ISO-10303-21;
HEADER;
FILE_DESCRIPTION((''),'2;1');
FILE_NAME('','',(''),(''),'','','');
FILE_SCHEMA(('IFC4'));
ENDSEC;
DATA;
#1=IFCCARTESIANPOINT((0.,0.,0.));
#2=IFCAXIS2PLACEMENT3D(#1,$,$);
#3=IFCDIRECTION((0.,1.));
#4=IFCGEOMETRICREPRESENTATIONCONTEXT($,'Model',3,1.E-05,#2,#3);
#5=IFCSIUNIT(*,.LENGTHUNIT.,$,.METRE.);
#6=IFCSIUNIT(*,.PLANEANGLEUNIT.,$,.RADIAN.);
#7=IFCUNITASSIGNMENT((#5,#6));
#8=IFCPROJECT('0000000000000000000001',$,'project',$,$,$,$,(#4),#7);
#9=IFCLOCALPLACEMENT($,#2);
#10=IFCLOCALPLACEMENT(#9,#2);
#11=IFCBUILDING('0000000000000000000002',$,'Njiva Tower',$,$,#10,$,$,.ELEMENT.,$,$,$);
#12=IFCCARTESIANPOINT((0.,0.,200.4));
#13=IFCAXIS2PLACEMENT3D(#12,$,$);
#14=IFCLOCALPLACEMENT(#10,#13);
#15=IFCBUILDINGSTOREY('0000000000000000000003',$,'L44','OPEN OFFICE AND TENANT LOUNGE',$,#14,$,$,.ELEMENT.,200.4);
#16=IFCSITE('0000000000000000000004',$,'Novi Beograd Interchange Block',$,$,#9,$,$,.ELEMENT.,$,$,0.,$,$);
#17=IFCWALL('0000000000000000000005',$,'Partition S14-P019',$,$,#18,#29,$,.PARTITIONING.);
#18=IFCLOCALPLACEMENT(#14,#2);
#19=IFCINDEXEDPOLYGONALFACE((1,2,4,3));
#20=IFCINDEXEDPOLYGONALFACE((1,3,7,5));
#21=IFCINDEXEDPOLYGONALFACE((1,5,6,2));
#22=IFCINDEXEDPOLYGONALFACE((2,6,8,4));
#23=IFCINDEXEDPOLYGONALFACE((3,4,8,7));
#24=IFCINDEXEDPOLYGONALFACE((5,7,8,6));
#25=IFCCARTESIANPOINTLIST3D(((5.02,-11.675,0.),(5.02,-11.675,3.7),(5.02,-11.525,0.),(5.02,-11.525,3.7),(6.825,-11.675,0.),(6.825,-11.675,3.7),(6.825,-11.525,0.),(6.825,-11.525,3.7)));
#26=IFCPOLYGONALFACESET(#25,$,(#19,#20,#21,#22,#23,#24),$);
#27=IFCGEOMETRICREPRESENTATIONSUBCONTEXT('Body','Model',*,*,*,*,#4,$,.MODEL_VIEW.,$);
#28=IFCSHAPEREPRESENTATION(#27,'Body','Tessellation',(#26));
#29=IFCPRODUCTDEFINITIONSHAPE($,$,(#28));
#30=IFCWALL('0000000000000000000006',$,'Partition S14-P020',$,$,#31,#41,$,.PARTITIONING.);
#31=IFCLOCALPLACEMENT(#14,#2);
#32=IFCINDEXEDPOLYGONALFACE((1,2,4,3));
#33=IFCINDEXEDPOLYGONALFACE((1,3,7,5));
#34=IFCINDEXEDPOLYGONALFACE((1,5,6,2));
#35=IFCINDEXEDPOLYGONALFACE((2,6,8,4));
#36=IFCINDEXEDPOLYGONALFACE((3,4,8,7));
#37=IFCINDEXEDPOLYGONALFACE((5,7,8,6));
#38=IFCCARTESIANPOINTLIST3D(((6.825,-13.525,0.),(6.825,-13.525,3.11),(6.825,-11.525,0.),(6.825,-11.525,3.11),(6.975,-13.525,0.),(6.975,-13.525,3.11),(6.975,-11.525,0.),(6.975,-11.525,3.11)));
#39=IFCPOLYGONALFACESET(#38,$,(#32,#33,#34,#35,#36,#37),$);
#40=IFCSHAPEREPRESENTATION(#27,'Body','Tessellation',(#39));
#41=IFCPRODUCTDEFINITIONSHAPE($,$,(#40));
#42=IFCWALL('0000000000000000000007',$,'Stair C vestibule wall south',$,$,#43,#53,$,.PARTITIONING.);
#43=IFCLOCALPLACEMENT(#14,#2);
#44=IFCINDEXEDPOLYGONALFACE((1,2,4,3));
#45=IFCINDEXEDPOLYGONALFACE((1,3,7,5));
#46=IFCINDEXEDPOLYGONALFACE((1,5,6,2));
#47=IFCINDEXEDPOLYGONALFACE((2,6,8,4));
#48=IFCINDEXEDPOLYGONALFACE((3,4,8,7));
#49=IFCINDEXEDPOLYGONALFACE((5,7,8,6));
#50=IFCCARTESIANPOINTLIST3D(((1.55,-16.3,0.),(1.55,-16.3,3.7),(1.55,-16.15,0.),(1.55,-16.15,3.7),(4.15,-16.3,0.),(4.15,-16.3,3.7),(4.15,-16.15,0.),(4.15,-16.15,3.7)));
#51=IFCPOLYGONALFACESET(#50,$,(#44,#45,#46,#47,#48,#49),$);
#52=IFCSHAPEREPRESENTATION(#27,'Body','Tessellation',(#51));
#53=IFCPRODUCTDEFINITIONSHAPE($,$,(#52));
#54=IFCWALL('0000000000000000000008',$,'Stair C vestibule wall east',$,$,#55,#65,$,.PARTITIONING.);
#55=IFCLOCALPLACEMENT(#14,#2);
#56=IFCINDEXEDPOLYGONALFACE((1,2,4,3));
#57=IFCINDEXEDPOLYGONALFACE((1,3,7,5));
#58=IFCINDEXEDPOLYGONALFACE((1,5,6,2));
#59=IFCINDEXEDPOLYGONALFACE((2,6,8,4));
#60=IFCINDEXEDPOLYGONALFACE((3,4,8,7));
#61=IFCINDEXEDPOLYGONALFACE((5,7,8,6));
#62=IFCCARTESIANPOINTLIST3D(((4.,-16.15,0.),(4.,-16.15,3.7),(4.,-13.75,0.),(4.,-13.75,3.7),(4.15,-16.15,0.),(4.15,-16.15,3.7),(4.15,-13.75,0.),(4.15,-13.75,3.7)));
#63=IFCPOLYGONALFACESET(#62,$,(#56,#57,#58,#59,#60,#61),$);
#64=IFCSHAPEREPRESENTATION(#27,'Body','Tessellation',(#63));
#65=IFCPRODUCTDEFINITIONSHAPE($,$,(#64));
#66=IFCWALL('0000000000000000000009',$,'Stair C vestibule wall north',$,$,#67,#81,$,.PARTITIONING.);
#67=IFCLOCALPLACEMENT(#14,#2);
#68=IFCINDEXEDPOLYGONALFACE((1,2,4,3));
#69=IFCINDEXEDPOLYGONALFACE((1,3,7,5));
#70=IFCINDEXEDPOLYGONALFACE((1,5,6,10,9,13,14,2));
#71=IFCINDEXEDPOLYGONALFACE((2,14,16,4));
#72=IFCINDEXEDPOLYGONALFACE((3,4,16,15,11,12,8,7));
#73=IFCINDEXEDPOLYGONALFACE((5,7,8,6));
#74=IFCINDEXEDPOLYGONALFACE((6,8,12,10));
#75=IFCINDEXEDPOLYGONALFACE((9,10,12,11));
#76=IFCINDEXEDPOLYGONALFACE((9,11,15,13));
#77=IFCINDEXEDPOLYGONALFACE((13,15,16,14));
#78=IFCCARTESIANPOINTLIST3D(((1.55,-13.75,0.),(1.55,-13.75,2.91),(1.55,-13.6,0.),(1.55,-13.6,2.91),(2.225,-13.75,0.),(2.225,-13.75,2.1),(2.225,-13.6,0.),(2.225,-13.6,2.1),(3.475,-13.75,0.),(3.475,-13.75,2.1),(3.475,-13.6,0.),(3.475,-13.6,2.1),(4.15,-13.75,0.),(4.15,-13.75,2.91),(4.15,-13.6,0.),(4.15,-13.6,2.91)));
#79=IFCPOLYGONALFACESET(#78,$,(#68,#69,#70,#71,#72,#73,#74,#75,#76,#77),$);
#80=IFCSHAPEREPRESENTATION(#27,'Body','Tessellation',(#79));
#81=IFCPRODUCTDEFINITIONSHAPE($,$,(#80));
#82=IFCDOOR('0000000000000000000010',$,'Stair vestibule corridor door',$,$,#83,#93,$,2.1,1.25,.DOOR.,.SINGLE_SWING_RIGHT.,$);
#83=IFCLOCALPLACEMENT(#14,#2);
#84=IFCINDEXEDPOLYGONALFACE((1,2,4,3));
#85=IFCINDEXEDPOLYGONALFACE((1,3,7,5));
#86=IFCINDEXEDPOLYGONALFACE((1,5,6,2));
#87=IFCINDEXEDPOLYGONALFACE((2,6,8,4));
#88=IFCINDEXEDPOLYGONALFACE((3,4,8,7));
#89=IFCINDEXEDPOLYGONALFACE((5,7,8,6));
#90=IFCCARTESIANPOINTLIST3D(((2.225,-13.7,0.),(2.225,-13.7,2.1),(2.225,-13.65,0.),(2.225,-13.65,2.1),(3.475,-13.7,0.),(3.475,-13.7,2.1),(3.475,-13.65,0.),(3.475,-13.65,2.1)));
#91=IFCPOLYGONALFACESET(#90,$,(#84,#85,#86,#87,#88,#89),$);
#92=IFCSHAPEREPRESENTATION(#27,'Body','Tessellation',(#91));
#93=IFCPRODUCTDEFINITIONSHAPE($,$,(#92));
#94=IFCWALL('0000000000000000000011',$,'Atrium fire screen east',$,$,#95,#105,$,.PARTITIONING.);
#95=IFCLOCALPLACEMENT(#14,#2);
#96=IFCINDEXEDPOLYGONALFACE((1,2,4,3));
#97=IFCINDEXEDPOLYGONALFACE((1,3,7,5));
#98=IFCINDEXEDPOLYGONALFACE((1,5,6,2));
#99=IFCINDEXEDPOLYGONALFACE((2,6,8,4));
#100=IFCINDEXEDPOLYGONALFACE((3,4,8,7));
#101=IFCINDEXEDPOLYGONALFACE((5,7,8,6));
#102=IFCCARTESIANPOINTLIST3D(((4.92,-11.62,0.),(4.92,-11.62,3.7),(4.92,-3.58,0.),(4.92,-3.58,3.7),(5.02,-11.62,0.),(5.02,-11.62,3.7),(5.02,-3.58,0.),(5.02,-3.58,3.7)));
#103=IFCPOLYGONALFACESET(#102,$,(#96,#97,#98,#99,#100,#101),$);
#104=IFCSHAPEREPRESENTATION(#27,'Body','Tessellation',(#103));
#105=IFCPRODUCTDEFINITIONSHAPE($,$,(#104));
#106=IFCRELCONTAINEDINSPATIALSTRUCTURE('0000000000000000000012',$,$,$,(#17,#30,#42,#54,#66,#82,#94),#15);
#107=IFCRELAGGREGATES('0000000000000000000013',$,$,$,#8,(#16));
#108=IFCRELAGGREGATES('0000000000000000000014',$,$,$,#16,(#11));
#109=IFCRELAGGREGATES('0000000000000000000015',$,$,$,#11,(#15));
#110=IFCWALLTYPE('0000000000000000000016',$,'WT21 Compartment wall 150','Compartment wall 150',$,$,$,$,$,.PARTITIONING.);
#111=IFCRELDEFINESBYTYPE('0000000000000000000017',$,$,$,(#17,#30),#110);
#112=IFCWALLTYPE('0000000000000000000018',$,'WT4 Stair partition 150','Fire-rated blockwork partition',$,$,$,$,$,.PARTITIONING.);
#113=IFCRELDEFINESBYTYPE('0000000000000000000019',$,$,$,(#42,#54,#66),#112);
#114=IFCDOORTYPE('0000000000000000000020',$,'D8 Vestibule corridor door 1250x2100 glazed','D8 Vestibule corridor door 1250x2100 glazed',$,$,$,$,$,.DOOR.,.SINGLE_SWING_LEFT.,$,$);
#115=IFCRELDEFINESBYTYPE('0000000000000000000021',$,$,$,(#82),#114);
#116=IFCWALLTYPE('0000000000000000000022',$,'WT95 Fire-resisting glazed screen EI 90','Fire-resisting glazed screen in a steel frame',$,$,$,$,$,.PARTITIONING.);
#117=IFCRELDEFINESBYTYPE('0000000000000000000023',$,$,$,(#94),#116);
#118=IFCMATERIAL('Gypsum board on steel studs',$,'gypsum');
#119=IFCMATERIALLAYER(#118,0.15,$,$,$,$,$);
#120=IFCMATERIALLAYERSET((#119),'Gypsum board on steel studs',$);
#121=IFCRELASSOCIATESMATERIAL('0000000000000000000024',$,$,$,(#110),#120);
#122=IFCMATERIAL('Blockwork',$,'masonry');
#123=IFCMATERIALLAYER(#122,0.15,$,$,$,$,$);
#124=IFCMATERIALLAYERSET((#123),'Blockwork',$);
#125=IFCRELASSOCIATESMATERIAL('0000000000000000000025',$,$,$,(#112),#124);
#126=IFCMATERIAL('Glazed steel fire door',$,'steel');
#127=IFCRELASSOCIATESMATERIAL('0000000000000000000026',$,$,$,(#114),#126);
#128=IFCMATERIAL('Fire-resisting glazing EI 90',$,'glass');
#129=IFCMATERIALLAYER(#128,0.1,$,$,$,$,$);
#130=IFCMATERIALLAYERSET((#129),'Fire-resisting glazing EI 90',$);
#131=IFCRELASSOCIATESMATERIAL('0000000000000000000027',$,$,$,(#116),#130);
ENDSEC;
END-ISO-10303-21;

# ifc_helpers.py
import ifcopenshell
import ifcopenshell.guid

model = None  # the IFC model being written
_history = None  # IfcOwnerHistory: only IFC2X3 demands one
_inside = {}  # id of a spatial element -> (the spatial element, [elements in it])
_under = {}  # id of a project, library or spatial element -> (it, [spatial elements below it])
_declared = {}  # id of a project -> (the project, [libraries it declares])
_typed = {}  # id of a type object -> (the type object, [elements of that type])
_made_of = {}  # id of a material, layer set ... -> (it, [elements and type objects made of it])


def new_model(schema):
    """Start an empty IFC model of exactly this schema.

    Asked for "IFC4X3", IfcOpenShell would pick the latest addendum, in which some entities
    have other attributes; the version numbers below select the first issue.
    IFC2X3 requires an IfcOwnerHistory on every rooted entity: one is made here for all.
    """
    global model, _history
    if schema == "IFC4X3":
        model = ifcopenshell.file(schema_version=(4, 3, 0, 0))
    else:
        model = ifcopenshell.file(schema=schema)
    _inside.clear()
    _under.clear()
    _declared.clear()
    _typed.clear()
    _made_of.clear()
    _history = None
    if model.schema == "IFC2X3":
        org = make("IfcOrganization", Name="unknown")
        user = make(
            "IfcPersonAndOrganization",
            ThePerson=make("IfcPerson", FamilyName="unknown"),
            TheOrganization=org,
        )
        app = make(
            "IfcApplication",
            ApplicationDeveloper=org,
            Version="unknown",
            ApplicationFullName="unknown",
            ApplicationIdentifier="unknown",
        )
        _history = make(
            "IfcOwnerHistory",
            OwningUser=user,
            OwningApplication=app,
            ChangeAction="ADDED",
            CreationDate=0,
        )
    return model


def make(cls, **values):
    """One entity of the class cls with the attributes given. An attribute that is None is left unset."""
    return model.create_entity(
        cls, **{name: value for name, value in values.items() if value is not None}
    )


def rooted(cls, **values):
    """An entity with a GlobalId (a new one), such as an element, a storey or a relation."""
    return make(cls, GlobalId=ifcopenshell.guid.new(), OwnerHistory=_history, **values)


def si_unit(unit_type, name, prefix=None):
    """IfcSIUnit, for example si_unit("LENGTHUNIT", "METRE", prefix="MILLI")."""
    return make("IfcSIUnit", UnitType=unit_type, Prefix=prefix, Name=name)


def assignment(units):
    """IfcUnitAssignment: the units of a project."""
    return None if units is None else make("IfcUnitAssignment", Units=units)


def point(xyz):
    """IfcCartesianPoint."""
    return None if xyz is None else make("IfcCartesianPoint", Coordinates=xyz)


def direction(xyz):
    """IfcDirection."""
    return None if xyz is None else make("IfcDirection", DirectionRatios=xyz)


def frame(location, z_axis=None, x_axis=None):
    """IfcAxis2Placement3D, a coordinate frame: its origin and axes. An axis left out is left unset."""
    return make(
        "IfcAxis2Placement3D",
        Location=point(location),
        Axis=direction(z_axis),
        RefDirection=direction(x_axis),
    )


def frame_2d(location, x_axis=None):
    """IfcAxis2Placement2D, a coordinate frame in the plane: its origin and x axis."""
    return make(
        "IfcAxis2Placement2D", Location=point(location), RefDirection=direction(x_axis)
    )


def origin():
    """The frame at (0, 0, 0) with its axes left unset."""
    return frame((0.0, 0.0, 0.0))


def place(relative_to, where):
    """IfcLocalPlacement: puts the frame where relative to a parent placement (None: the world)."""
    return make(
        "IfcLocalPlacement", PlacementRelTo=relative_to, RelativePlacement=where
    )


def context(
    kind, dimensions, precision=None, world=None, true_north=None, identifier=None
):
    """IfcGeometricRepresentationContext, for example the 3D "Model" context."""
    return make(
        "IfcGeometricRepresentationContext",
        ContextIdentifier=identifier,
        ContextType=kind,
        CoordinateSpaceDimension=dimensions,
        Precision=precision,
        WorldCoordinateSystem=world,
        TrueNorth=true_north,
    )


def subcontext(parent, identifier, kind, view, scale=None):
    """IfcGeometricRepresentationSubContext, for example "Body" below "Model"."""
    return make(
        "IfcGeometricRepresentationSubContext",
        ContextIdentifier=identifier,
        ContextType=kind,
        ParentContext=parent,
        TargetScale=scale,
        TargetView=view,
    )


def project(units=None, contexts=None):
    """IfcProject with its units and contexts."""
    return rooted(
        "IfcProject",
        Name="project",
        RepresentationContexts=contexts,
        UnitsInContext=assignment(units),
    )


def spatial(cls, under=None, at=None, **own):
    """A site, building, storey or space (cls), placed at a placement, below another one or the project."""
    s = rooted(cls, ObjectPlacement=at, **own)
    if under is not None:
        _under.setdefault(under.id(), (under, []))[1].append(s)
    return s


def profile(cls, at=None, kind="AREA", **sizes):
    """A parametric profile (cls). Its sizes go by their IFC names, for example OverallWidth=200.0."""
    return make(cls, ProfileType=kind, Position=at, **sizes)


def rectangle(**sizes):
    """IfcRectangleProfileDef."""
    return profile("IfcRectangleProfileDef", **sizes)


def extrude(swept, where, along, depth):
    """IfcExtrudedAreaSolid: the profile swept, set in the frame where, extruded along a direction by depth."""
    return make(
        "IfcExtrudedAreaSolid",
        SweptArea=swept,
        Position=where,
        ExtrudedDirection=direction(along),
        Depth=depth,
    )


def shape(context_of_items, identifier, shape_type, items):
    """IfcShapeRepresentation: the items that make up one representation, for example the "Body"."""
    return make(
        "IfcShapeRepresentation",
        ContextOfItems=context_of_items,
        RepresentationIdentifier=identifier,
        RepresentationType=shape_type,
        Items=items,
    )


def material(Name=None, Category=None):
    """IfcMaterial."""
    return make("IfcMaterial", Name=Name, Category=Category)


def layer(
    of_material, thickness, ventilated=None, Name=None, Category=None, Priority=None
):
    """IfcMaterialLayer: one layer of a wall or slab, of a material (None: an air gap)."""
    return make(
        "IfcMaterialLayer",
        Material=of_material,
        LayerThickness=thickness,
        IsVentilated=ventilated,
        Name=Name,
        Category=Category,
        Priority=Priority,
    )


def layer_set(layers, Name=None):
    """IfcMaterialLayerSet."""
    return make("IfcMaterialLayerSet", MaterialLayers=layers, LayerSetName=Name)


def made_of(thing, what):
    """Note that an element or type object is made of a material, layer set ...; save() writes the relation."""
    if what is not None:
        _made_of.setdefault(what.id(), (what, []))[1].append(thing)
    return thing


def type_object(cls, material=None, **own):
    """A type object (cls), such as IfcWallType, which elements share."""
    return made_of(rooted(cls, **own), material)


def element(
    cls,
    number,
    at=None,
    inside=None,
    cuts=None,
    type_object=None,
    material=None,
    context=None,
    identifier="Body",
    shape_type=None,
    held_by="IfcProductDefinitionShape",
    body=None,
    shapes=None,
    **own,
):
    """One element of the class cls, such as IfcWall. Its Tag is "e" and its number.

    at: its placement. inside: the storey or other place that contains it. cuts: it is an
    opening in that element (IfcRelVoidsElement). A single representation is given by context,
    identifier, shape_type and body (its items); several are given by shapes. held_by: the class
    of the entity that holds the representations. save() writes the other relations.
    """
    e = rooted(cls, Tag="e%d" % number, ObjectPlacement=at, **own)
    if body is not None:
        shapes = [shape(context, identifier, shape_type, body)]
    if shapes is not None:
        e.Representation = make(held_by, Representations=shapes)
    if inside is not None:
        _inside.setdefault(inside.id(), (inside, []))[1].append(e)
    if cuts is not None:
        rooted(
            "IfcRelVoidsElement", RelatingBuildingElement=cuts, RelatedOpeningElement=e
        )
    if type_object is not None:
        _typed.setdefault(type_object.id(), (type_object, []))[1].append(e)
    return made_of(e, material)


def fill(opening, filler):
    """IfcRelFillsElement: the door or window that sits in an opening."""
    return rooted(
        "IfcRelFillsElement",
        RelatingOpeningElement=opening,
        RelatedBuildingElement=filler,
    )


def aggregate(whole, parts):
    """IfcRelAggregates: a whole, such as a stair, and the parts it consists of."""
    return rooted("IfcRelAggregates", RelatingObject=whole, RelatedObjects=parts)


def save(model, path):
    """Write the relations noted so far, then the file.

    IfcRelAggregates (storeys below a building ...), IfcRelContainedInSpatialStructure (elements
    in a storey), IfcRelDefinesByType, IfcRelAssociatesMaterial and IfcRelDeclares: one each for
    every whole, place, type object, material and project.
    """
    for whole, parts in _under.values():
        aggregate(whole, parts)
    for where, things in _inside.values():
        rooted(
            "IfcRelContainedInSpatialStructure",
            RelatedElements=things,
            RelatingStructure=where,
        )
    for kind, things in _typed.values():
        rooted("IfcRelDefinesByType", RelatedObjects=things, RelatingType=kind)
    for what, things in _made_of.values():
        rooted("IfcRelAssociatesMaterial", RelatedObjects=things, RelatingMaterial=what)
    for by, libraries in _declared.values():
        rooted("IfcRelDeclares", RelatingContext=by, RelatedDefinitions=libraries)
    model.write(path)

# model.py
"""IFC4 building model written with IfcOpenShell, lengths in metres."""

from ifc_helpers import new_model, si_unit, direction, frame, frame_2d, origin, place, context, subcontext, project, spatial, rectangle, extrude, material, layer, layer_set, type_object, element, fill, save


model = new_model("IFC4")

# Units and contexts
model_context = context("Model", 3, precision=1e-05, world=origin(), true_north=direction((0.0, 1.0)))
body_context = subcontext(model_context, "Body", "Model", "MODEL_VIEW")
ifc_project = project(units=[si_unit("LENGTHUNIT", "METRE"), si_unit("PLANEANGLEUNIT", "RADIAN")], contexts=[model_context])

# Site, building, storey
site_placement = place(None, origin())
site = spatial("IfcSite", under=ifc_project, at=site_placement, Name="Novi Beograd Interchange Block", CompositionType="ELEMENT", RefElevation=0.0)
building_placement = place(site_placement, origin())
building = spatial("IfcBuilding", under=site, at=building_placement, Name="Njiva Tower", CompositionType="ELEMENT")
storey_placement = place(building_placement, frame((0.0, 0.0, 200.4)))
storey = spatial("IfcBuildingStorey", under=building, at=storey_placement, Name="L44", Description="OPEN OFFICE AND TENANT LOUNGE", CompositionType="ELEMENT", Elevation=200.4)

# Walls
ifc_material_1 = material(Name="Gypsum board on steel studs", Category="gypsum")
ifc_layer_1 = layer(ifc_material_1, 0.15)
ifc_layer_set_1 = layer_set([ifc_layer_1], Name="Gypsum board on steel studs")
wall_type_1 = type_object("IfcWallType", Name="WT21 Compartment wall 150", Description="Compartment wall 150", PredefinedType="PARTITIONING", material=ifc_layer_set_1)
wall_1_placement = place(storey_placement, frame((5.02, -11.6, 0.0), z_axis=(0.0, 0.0, 1.0), x_axis=(1.0, 0.0, 0.0)))
element("IfcWall", 1, at=wall_1_placement, inside=storey, type_object=wall_type_1, Name="Partition S14-P019", PredefinedType="PARTITIONING", context=body_context, shape_type="SweptSolid", body=[
    extrude(rectangle(XDim=1.805, YDim=0.15, at=frame_2d((0.9025, 0.0))), origin(), (0.0, 0.0, 1.0), 3.7),
])
wall_2_placement = place(storey_placement, frame((6.9, -13.525, 0.0), z_axis=(0.0, 0.0, 1.0), x_axis=(0.0, 1.0, 0.0)))
element("IfcWall", 2, at=wall_2_placement, inside=storey, type_object=wall_type_1, Name="Partition S14-P020", PredefinedType="PARTITIONING", context=body_context, shape_type="SweptSolid", body=[
    extrude(rectangle(XDim=2.0, YDim=0.15, at=frame_2d((1.0, 0.0))), origin(), (0.0, 0.0, 1.0), 3.11),
])
ifc_material_2 = material(Name="Blockwork", Category="masonry")
ifc_layer_2 = layer(ifc_material_2, 0.15)
ifc_layer_set_2 = layer_set([ifc_layer_2], Name="Blockwork")
wall_type_2 = type_object("IfcWallType", Name="WT4 Stair partition 150", Description="Fire-rated blockwork partition", PredefinedType="PARTITIONING", material=ifc_layer_set_2)
wall_3_placement = place(storey_placement, frame((1.55, -16.225, 0.0), z_axis=(0.0, 0.0, 1.0), x_axis=(1.0, 0.0, 0.0)))
element("IfcWall", 3, at=wall_3_placement, inside=storey, type_object=wall_type_2, Name="Stair C vestibule wall south", PredefinedType="PARTITIONING", context=body_context, shape_type="SweptSolid", body=[
    extrude(rectangle(XDim=2.6, YDim=0.15, at=frame_2d((1.3, 0.0))), origin(), (0.0, 0.0, 1.0), 3.7),
])
wall_4_placement = place(storey_placement, frame((4.075, -16.15, 0.0), z_axis=(0.0, 0.0, 1.0), x_axis=(0.0, 1.0, 0.0)))
element("IfcWall", 4, at=wall_4_placement, inside=storey, type_object=wall_type_2, Name="Stair C vestibule wall east", PredefinedType="PARTITIONING", context=body_context, shape_type="SweptSolid", body=[
    extrude(rectangle(XDim=2.4, YDim=0.15, at=frame_2d((1.2, 0.0))), origin(), (0.0, 0.0, 1.0), 3.7),
])

# Wall, opening, door
wall_5_placement = place(storey_placement, frame((1.55, -13.675, 0.0), z_axis=(0.0, 0.0, 1.0), x_axis=(1.0, 0.0, 0.0)))
wall_5 = element("IfcWall", 5, at=wall_5_placement, inside=storey, type_object=wall_type_2, Name="Stair C vestibule wall north", PredefinedType="PARTITIONING", context=body_context, shape_type="SweptSolid", body=[
    extrude(rectangle(XDim=2.6, YDim=0.15, at=frame_2d((1.3, 0.0))), origin(), (0.0, 0.0, 1.0), 2.91),
])
opening_placement = place(wall_5_placement, frame((0.675, 0.0, 0.0)))
opening = element("IfcOpeningElement", 6, at=opening_placement, cuts=wall_5, PredefinedType="OPENING", context=body_context, shape_type="SweptSolid", body=[
    extrude(rectangle(XDim=1.25, YDim=2.1, at=frame_2d((0.625, 1.05))), frame((0.0, 0.085, 0.0), z_axis=(0.0, -1.0, 0.0), x_axis=(1.0, 0.0, 0.0)), (0.0, 0.0, 1.0), 0.17),
])
ifc_material_3 = material(Name="Glazed steel fire door", Category="steel")
door_type = type_object("IfcDoorType", Name="D8 Vestibule corridor door 1250x2100 glazed", Description="D8 Vestibule corridor door 1250x2100 glazed", OperationType="SINGLE_SWING_LEFT", PredefinedType="DOOR", material=ifc_material_3)
door_placement = place(opening_placement, origin())
door = element("IfcDoor", 7, at=door_placement, inside=storey, type_object=door_type, Name="Stair vestibule corridor door", OperationType="SINGLE_SWING_RIGHT", OverallHeight=2.1, OverallWidth=1.25, PredefinedType="DOOR", context=body_context, shape_type="SweptSolid", body=[
    extrude(rectangle(XDim=1.25, YDim=2.1, at=frame_2d((0.625, 1.05))), frame((0.0, 0.025, 0.0), z_axis=(0.0, -1.0, 0.0), x_axis=(1.0, 0.0, 0.0)), (0.0, 0.0, 1.0), 0.05),
])
fill(opening, door)

# Wall
ifc_material_4 = material(Name="Fire-resisting glazing EI 90", Category="glass")
ifc_layer_3 = layer(ifc_material_4, 0.1)
ifc_layer_set_3 = layer_set([ifc_layer_3], Name="Fire-resisting glazing EI 90")
wall_type_3 = type_object("IfcWallType", Name="WT95 Fire-resisting glazed screen EI 90", Description="Fire-resisting glazed screen in a steel frame", PredefinedType="PARTITIONING", material=ifc_layer_set_3)
wall_6_placement = place(storey_placement, frame((4.97, -11.62, 0.0), z_axis=(0.0, 0.0, 1.0), x_axis=(0.0, 1.0, 0.0)))
element("IfcWall", 8, at=wall_6_placement, inside=storey, type_object=wall_type_3, Name="Atrium fire screen east", PredefinedType="PARTITIONING", context=body_context, shape_type="SweptSolid", body=[
    extrude(rectangle(XDim=8.04, YDim=0.1, at=frame_2d((4.02, 0.0))), origin(), (0.0, 0.0, 1.0), 3.7),
])

save(model, "model.ifc")
